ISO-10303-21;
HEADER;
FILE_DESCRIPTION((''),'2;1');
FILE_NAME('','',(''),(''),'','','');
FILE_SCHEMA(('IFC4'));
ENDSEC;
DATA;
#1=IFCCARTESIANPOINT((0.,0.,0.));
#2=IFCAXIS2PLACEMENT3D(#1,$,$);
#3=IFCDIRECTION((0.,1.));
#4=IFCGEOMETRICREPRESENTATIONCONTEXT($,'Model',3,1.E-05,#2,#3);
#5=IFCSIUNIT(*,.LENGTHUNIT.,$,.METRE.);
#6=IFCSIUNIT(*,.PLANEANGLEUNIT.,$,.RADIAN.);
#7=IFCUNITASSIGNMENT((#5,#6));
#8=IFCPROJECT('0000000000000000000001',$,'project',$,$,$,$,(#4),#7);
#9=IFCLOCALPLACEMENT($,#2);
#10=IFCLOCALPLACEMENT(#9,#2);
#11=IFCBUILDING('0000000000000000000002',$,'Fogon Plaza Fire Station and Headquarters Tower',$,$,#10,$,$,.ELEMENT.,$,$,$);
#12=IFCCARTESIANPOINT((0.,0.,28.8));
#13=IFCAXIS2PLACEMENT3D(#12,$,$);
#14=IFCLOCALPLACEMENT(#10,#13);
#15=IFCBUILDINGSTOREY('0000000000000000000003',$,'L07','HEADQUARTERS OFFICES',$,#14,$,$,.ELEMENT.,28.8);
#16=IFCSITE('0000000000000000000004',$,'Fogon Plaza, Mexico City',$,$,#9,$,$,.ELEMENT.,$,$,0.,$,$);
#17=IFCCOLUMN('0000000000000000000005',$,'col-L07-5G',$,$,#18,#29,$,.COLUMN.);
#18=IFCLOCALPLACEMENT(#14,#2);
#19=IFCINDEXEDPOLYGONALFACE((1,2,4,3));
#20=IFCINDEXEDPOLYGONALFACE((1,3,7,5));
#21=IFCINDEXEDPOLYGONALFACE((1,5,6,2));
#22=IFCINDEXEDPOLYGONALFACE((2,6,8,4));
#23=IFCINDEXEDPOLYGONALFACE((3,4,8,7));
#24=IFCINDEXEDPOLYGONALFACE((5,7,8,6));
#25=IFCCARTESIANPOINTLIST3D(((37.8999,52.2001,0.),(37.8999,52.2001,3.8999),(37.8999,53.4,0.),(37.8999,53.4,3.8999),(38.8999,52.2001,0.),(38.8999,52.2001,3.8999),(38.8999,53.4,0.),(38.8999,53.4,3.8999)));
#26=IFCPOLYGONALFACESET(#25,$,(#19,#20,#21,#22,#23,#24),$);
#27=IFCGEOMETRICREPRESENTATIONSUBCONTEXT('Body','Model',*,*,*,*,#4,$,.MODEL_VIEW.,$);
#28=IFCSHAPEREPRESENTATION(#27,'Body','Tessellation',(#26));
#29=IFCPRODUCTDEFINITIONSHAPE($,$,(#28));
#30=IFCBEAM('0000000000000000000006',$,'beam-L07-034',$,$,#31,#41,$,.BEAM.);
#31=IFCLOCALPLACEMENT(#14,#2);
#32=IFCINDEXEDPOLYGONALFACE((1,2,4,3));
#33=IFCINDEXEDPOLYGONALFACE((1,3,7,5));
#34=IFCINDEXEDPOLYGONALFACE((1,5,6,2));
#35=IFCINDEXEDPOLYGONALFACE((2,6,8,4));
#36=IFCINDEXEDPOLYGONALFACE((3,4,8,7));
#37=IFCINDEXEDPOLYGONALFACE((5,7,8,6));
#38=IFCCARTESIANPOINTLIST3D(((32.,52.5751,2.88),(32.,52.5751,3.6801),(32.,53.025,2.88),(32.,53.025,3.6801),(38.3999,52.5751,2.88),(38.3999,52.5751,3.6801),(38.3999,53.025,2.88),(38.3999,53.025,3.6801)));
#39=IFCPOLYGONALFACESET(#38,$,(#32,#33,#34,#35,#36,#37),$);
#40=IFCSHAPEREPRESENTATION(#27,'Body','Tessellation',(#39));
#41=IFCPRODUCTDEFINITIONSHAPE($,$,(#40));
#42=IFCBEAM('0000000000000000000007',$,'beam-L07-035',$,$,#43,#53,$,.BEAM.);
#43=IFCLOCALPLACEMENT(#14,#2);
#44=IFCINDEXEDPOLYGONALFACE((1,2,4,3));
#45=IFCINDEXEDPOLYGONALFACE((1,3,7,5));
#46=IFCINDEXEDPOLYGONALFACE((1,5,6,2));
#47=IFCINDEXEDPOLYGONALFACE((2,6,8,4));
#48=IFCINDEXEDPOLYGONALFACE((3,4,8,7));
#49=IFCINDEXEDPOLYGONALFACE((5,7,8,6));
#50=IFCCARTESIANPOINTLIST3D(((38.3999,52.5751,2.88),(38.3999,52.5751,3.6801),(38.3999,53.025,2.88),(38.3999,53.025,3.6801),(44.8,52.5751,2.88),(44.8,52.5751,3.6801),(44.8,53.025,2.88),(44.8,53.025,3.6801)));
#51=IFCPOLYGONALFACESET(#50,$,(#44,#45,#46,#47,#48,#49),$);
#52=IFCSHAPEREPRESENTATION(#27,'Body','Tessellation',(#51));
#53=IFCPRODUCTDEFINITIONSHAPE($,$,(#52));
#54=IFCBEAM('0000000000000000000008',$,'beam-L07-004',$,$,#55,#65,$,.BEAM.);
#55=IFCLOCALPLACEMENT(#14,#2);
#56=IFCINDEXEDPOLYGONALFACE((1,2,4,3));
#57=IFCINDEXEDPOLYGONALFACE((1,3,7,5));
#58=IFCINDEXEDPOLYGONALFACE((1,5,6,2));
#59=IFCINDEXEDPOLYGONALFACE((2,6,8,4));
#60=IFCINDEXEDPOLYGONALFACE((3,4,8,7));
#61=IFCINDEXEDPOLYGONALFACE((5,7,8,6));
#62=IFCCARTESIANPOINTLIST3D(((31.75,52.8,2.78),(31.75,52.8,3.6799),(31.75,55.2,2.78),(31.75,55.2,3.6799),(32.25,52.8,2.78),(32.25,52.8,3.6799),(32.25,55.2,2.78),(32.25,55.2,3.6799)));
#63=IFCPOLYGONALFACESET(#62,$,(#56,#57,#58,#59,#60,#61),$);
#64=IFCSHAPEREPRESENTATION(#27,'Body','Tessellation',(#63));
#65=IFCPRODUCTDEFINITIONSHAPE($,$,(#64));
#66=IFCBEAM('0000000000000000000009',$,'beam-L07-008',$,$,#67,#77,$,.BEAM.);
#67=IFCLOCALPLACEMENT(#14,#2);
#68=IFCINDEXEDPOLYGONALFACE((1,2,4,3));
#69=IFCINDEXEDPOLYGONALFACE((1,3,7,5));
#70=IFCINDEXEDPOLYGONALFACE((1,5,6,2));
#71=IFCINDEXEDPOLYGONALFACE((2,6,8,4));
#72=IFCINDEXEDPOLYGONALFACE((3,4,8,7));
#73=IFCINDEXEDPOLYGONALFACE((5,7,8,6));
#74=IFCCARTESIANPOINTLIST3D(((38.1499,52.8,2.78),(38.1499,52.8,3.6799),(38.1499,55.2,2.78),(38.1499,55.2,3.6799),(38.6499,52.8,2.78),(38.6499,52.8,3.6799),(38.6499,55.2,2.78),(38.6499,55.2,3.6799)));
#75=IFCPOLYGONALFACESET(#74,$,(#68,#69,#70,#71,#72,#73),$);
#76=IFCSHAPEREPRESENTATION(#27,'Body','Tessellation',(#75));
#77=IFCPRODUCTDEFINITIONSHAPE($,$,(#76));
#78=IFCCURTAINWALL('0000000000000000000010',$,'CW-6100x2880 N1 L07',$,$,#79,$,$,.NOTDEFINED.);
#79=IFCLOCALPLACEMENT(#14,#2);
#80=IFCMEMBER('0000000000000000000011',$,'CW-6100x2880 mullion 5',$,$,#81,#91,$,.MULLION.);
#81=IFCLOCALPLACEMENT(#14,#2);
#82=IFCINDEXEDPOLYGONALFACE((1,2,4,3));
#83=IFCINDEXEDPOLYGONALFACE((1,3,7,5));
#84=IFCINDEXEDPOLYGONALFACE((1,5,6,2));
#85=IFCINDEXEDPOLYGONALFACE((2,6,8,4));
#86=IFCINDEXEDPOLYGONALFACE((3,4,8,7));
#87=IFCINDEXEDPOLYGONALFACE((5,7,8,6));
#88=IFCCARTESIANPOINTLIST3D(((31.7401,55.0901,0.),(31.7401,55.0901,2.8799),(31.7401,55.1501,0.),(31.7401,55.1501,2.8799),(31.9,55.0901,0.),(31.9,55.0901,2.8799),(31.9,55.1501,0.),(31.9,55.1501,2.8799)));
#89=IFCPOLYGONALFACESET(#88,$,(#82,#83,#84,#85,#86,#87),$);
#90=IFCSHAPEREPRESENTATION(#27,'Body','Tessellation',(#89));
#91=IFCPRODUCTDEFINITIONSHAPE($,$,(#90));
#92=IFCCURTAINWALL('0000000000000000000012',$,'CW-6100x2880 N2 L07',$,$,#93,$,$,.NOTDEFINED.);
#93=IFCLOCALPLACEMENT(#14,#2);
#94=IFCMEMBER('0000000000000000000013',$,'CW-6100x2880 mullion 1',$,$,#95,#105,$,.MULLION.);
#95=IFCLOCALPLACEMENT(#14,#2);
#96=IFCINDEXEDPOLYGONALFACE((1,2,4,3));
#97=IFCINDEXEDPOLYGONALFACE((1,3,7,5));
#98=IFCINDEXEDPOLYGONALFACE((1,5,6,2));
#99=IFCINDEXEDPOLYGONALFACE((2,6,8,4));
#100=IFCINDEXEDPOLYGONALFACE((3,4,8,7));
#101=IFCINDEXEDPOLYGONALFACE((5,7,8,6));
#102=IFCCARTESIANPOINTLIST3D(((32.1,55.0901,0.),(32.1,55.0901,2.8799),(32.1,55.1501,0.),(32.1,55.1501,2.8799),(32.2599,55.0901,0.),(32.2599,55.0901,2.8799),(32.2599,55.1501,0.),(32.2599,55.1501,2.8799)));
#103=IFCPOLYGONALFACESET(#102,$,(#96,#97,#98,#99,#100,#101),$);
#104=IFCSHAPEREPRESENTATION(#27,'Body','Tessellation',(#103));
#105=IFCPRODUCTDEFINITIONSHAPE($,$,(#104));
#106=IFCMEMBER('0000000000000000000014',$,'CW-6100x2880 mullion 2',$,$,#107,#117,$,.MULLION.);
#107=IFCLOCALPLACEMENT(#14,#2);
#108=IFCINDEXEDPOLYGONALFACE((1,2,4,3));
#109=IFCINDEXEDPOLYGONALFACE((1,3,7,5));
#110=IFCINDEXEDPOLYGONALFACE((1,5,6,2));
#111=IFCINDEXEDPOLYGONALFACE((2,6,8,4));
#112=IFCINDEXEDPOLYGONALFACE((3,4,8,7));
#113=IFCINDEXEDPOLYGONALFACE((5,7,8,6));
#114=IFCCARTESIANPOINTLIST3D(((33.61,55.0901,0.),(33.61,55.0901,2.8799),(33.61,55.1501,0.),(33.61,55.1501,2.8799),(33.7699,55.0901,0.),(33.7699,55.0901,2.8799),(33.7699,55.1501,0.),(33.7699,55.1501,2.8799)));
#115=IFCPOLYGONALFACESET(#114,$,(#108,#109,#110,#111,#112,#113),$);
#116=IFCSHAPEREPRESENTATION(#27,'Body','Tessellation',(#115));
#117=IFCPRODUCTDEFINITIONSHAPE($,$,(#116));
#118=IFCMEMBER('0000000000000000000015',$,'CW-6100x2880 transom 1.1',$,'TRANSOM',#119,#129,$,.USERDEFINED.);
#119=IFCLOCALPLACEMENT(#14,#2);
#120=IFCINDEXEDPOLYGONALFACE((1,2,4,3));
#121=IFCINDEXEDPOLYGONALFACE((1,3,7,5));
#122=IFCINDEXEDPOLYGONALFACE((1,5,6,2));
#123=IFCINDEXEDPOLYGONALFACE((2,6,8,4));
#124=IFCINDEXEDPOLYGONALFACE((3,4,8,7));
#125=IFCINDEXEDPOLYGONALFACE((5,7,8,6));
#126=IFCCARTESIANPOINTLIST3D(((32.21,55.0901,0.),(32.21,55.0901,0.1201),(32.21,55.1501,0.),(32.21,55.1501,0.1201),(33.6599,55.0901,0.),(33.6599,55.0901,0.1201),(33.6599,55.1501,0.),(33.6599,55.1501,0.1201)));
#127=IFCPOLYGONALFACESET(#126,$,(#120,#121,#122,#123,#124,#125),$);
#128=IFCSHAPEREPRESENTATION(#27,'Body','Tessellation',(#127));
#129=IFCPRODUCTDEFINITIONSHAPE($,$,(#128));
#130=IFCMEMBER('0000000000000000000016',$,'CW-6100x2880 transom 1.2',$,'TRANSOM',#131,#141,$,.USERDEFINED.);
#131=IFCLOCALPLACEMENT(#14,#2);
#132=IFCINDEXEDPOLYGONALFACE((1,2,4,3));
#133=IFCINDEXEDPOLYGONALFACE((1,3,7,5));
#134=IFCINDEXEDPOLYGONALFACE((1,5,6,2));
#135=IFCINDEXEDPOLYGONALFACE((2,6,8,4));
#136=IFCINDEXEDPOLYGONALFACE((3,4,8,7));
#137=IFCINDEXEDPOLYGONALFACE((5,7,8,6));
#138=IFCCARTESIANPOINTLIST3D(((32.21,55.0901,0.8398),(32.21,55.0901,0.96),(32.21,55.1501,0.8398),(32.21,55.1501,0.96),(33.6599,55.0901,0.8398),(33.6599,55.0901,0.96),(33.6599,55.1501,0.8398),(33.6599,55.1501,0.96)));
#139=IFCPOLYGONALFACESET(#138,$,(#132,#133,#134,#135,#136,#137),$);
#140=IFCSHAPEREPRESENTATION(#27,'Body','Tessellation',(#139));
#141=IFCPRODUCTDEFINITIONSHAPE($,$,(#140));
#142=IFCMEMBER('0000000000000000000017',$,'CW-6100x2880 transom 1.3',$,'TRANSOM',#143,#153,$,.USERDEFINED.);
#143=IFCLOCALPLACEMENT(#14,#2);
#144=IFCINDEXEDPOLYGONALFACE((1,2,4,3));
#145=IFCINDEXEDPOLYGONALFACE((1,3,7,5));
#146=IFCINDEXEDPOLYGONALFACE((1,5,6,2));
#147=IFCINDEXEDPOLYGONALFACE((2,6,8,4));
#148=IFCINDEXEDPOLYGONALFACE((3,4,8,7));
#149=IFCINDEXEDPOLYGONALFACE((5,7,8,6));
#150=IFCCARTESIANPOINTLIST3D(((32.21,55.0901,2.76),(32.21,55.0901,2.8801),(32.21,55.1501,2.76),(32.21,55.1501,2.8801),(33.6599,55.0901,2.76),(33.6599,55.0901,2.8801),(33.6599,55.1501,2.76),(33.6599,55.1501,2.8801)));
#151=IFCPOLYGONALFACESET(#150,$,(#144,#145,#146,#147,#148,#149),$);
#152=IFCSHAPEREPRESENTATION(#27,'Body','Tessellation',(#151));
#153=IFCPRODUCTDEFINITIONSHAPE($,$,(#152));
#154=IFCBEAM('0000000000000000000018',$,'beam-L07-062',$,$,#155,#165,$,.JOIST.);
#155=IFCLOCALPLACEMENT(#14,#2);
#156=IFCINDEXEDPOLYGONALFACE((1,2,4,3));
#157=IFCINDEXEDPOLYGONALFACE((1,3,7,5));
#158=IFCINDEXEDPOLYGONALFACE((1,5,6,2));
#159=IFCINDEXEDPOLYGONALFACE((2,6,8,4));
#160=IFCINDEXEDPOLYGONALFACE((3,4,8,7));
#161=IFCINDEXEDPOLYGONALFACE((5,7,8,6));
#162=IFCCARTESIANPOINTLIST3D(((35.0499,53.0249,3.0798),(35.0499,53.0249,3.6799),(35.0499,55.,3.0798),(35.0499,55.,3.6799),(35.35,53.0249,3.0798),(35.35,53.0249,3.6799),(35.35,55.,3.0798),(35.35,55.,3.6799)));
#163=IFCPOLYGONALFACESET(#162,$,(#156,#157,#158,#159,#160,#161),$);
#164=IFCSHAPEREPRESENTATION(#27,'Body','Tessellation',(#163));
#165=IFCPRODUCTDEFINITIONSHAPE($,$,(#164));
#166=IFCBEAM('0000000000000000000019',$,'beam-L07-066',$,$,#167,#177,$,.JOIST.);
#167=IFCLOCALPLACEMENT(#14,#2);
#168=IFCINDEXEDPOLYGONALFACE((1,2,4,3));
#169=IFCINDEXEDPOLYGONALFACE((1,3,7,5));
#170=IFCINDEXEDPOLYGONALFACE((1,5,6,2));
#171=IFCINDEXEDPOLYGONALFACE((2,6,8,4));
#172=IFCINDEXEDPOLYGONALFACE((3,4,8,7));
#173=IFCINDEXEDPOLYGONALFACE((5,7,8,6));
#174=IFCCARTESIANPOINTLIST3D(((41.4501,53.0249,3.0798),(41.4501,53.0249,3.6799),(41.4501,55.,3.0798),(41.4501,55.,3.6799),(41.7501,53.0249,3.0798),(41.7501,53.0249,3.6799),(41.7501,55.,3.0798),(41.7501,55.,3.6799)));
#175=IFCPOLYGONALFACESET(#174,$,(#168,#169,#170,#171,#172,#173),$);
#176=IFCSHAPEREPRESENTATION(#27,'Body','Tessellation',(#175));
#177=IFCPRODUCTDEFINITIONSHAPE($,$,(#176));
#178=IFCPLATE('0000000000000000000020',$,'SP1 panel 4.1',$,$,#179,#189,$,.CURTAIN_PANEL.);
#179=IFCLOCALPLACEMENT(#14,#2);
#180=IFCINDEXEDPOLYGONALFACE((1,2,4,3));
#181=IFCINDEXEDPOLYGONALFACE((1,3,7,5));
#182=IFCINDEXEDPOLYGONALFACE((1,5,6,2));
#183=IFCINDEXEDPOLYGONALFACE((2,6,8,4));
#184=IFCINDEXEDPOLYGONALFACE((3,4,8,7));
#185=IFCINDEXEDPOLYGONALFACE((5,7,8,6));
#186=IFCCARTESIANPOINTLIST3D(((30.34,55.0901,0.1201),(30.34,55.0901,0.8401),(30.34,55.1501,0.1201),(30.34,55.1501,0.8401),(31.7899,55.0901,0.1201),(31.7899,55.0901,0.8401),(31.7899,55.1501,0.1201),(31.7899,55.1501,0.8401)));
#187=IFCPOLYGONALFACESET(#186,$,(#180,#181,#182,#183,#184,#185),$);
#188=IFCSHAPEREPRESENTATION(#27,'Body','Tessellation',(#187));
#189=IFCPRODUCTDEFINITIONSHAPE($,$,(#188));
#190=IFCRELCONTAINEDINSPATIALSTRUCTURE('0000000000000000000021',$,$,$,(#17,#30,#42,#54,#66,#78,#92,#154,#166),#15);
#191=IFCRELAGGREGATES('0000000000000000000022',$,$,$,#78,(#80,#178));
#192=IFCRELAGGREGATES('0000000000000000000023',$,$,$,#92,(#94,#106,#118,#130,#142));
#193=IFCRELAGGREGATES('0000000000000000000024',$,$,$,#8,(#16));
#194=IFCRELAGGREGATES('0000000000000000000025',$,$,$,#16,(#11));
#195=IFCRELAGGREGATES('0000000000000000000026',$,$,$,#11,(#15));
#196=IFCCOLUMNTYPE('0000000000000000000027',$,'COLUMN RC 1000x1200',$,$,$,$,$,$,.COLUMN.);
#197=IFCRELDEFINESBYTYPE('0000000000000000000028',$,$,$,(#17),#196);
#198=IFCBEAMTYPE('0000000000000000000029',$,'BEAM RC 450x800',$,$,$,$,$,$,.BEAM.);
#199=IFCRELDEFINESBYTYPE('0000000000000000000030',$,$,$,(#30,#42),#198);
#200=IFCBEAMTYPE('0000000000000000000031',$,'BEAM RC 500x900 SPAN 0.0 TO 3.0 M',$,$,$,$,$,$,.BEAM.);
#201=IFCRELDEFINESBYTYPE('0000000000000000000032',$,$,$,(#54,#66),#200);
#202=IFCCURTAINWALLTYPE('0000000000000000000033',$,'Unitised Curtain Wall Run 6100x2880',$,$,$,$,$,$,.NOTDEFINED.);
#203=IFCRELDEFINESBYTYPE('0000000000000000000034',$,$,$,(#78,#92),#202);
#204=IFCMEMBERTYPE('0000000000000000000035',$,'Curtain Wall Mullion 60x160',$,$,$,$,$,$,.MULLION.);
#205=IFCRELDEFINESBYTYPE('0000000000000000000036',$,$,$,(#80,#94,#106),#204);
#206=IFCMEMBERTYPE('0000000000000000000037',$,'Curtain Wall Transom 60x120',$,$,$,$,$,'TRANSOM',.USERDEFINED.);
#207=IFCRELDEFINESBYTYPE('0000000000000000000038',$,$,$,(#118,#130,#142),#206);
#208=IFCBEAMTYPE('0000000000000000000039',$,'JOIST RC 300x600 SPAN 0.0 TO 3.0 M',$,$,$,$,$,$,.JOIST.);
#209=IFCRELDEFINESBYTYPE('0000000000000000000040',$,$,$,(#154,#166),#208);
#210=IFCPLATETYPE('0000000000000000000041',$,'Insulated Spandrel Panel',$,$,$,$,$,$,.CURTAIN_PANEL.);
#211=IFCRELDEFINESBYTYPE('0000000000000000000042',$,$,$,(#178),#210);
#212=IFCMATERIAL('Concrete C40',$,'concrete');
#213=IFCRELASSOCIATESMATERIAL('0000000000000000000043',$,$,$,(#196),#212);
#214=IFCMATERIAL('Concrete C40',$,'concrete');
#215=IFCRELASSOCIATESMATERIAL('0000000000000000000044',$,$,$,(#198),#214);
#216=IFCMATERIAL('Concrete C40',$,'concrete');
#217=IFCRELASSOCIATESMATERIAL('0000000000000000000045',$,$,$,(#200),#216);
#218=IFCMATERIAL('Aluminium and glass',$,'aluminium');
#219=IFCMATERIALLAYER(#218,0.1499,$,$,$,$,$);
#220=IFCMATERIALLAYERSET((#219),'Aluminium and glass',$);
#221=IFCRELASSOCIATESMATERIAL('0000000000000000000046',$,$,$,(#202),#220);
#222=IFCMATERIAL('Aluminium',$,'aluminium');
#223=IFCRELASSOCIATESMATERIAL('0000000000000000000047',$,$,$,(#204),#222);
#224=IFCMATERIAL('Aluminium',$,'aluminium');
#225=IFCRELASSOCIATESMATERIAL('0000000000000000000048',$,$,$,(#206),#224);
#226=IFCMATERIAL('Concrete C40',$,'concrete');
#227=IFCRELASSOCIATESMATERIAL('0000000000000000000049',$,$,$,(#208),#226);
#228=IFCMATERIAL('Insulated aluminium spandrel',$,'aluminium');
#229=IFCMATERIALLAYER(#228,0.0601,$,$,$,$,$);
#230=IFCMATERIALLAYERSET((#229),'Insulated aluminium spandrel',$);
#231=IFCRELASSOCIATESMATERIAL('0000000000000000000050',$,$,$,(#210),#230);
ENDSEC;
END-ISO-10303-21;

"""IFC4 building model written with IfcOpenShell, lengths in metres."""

from ifc_helpers import new_model, si_unit, direction, frame, origin, origin_2d, place, context, subcontext, project, spatial, rectangle, extrude, material, layer, layer_set, material_profile, profile_set, type_object, element, aggregate, save


model = new_model("IFC4")

# Units and contexts
model_context = context("Model", 3, precision=1e-05, world=origin(), true_north=direction((0.0, 1.0)))
body_context = subcontext(model_context, "Body", "Model", "MODEL_VIEW")
ifc_project = project(units=[si_unit("LENGTHUNIT", "METRE"), si_unit("PLANEANGLEUNIT", "RADIAN")], contexts=[model_context])

# Site, building, storey
site_placement = place(None, origin())
site = spatial("IfcSite", under=ifc_project, at=site_placement, Name="Fogon Plaza, Mexico City", CompositionType="ELEMENT", RefElevation=0.0)
building_placement = place(site_placement, origin())
building = spatial("IfcBuilding", under=site, at=building_placement, Name="Fogon Plaza Fire Station and Headquarters Tower", CompositionType="ELEMENT")
storey_placement = place(building_placement, frame((0.0, 0.0, 28.8)))
storey = spatial("IfcBuildingStorey", under=building, at=storey_placement, Name="L07", Description="HEADQUARTERS OFFICES", CompositionType="ELEMENT", Elevation=28.8)

# Column
ifc_material_1 = material(Name="Concrete C40", Category="concrete")
ifc_material_profile_1 = material_profile(ifc_material_1, rectangle(XDim=1.0, YDim=1.2, at=origin_2d()), Name="RC 1000x1200")
ifc_profile_set_1 = profile_set([ifc_material_profile_1], Name="Concrete C40")
column_type = type_object("IfcColumnType", Name="COLUMN RC 1000x1200", PredefinedType="COLUMN", material=ifc_profile_set_1)
column_placement = place(storey_placement, frame((38.3999, 52.8, 0.0), z_axis=(0.0, 0.0, 1.0), x_axis=(1.0, 0.0, 0.0)))
element("IfcColumn", 1, at=column_placement, inside=storey, type_object=column_type, Name="col-L07-5G", PredefinedType="COLUMN", context=body_context, shape_type="SweptSolid", body=[
    extrude(rectangle(XDim=1.0, YDim=1.2, at=origin_2d()), origin(), (0.0, 0.0, 1.0), 3.8999),
])

# Beams
ifc_material_2 = material(Name="Concrete C40", Category="concrete")
ifc_material_profile_2 = material_profile(ifc_material_2, rectangle(XDim=0.45, YDim=0.8, at=origin_2d()), Name="RC 450x800")
ifc_profile_set_2 = profile_set([ifc_material_profile_2], Name="Concrete C40")
beam_type_1 = type_object("IfcBeamType", Name="BEAM RC 450x800", PredefinedType="BEAM", material=ifc_profile_set_2)
beam_1_placement = place(storey_placement, frame((32.0, 52.8, 3.28), z_axis=(1.0, 0.0, 0.0), x_axis=(0.0, 1.0, 0.0)))
element("IfcBeam", 2, at=beam_1_placement, inside=storey, type_object=beam_type_1, Name="beam-L07-034", PredefinedType="BEAM", context=body_context, shape_type="SweptSolid", body=[
    extrude(rectangle(XDim=0.45, YDim=0.8, at=origin_2d()), origin(), (0.0, 0.0, 1.0), 6.3999),
])
beam_2_placement = place(storey_placement, frame((38.3999, 52.8, 3.28), z_axis=(1.0, 0.0, 0.0), x_axis=(0.0, 1.0, 0.0)))
element("IfcBeam", 3, at=beam_2_placement, inside=storey, type_object=beam_type_1, Name="beam-L07-035", PredefinedType="BEAM", context=body_context, shape_type="SweptSolid", body=[
    extrude(rectangle(XDim=0.45, YDim=0.8, at=origin_2d()), origin(), (0.0, 0.0, 1.0), 6.4001),
])
ifc_material_3 = material(Name="Concrete C40", Category="concrete")
ifc_material_profile_3 = material_profile(ifc_material_3, rectangle(XDim=0.5, YDim=0.8999, at=origin_2d()), Name="RC 500x900")
ifc_profile_set_3 = profile_set([ifc_material_profile_3], Name="Concrete C40")
beam_type_2 = type_object("IfcBeamType", Name="BEAM RC 500x900 SPAN 0.0 TO 3.0 M", PredefinedType="BEAM", material=ifc_profile_set_3)
for number, where, z_axis, x_axis, name in (
    (4, (32.0, 52.8, 3.23), (0.0, 1.0, 0.0), (-1.0, 0.0, 0.0), "beam-L07-004"),
    (5, (38.3999, 52.8, 3.23), (0.0, 1.0, 0.0), (-1.0, 0.0, 0.0), "beam-L07-008"),
):
    element("IfcBeam", number, at=place(storey_placement, frame(where, z_axis=z_axis, x_axis=x_axis)), inside=storey, type_object=beam_type_2, Name=name, PredefinedType="BEAM", context=body_context, shape_type="SweptSolid", body=[
        extrude(rectangle(XDim=0.5, YDim=0.8999, at=origin_2d()), origin(), (0.0, 0.0, 1.0), 2.3999),
    ])

# Curtain wall, member
ifc_material_4 = material(Name="Aluminium and glass", Category="aluminium")
ifc_layer_1 = layer(ifc_material_4, 0.1499)
ifc_layer_set_1 = layer_set([ifc_layer_1], Name="Aluminium and glass")
curtain_wall_type = type_object("IfcCurtainWallType", Name="Unitised Curtain Wall Run 6100x2880", PredefinedType="NOTDEFINED", material=ifc_layer_set_1)
curtain_wall_1_placement = place(storey_placement, origin())
curtain_wall_1 = element("IfcCurtainWall", 6, at=curtain_wall_1_placement, inside=storey, type_object=curtain_wall_type, Name="CW-6100x2880 N1 L07", PredefinedType="NOTDEFINED")
ifc_material_5 = material(Name="Aluminium", Category="aluminium")
ifc_material_profile_4 = material_profile(ifc_material_5, rectangle(XDim=0.0601, YDim=0.1599, at=origin_2d()), Name="Curtain Wall Mullion 60x160")
ifc_profile_set_4 = profile_set([ifc_material_profile_4], Name="Aluminium")
member_type_1 = type_object("IfcMemberType", Name="Curtain Wall Mullion 60x160", PredefinedType="MULLION", material=ifc_profile_set_4)
member_1_placement = place(storey_placement, frame((31.8201, 55.1201, 0.0), z_axis=(0.0, 0.0, 1.0), x_axis=(0.0, 1.0, 0.0)))
member_1 = element("IfcMember", 7, at=member_1_placement, type_object=member_type_1, Name="CW-6100x2880 mullion 5", PredefinedType="MULLION", context=body_context, shape_type="SweptSolid", body=[
    extrude(rectangle(XDim=0.0601, YDim=0.1599, at=origin_2d()), origin(), (0.0, 0.0, 1.0), 2.8799),
])

# Curtain wall, members
curtain_wall_2_placement = place(storey_placement, origin())
curtain_wall_2 = element("IfcCurtainWall", 8, at=curtain_wall_2_placement, inside=storey, type_object=curtain_wall_type, Name="CW-6100x2880 N2 L07", PredefinedType="NOTDEFINED")
member_2_placement = place(storey_placement, frame((32.1799, 55.1201, 0.0), z_axis=(0.0, 0.0, 1.0), x_axis=(0.0, 1.0, 0.0)))
member_2 = element("IfcMember", 9, at=member_2_placement, type_object=member_type_1, Name="CW-6100x2880 mullion 1", PredefinedType="MULLION", context=body_context, shape_type="SweptSolid", body=[
    extrude(rectangle(XDim=0.0601, YDim=0.1599, at=origin_2d()), origin(), (0.0, 0.0, 1.0), 2.8799),
])
member_3_placement = place(storey_placement, frame((33.6899, 55.1201, 0.0), z_axis=(0.0, 0.0, 1.0), x_axis=(0.0, 1.0, 0.0)))
member_3 = element("IfcMember", 10, at=member_3_placement, type_object=member_type_1, Name="CW-6100x2880 mullion 2", PredefinedType="MULLION", context=body_context, shape_type="SweptSolid", body=[
    extrude(rectangle(XDim=0.0601, YDim=0.1599, at=origin_2d()), origin(), (0.0, 0.0, 1.0), 2.8799),
])
ifc_material_6 = material(Name="Aluminium", Category="aluminium")
ifc_material_profile_5 = material_profile(ifc_material_6, rectangle(XDim=0.0601, YDim=0.1201, at=origin_2d()), Name="Curtain Wall Transom 60x120")
ifc_profile_set_5 = profile_set([ifc_material_profile_5], Name="Aluminium")
member_type_2 = type_object("IfcMemberType", Name="Curtain Wall Transom 60x120", ElementType="TRANSOM", PredefinedType="USERDEFINED", material=ifc_profile_set_5)
member_4_placement = place(storey_placement, frame((32.21, 55.1201, 0.0601), z_axis=(1.0, 0.0, 0.0), x_axis=(0.0, 1.0, 0.0)))
member_4 = element("IfcMember", 11, at=member_4_placement, type_object=member_type_2, Name="CW-6100x2880 transom 1.1", ObjectType="TRANSOM", PredefinedType="USERDEFINED", context=body_context, shape_type="SweptSolid", body=[
    extrude(rectangle(XDim=0.0601, YDim=0.1201, at=origin_2d()), origin(), (0.0, 0.0, 1.0), 1.45),
])
member_5_placement = place(storey_placement, frame((32.21, 55.1201, 0.8999), z_axis=(1.0, 0.0, 0.0), x_axis=(0.0, 1.0, 0.0)))
member_5 = element("IfcMember", 12, at=member_5_placement, type_object=member_type_2, Name="CW-6100x2880 transom 1.2", ObjectType="TRANSOM", PredefinedType="USERDEFINED", context=body_context, shape_type="SweptSolid", body=[
    extrude(rectangle(XDim=0.0601, YDim=0.1201, at=origin_2d()), origin(), (0.0, 0.0, 1.0), 1.45),
])
member_6_placement = place(storey_placement, frame((32.21, 55.1201, 2.8201), z_axis=(1.0, 0.0, 0.0), x_axis=(0.0, 1.0, 0.0)))
member_6 = element("IfcMember", 13, at=member_6_placement, type_object=member_type_2, Name="CW-6100x2880 transom 1.3", ObjectType="TRANSOM", PredefinedType="USERDEFINED", context=body_context, shape_type="SweptSolid", body=[
    extrude(rectangle(XDim=0.0601, YDim=0.1201, at=origin_2d()), origin(), (0.0, 0.0, 1.0), 1.45),
])

# Beams
ifc_material_7 = material(Name="Concrete C40", Category="concrete")
ifc_material_profile_6 = material_profile(ifc_material_7, rectangle(XDim=0.3, YDim=0.6001, at=origin_2d()), Name="RC 300x600")
ifc_profile_set_6 = profile_set([ifc_material_profile_6], Name="Concrete C40")
beam_type_3 = type_object("IfcBeamType", Name="JOIST RC 300x600 SPAN 0.0 TO 3.0 M", PredefinedType="JOIST", material=ifc_profile_set_6)
for number, where, z_axis, x_axis, name in (
    (14, (35.2, 53.0249, 3.3799), (0.0, 1.0, 0.0), (-1.0, 0.0, 0.0), "beam-L07-062"),
    (15, (41.6001, 53.0249, 3.3799), (0.0, 1.0, 0.0), (-1.0, 0.0, 0.0), "beam-L07-066"),
):
    element("IfcBeam", number, at=place(storey_placement, frame(where, z_axis=z_axis, x_axis=x_axis)), inside=storey, type_object=beam_type_3, Name=name, PredefinedType="JOIST", context=body_context, shape_type="SweptSolid", body=[
        extrude(rectangle(XDim=0.3, YDim=0.6001, at=origin_2d()), origin(), (0.0, 0.0, 1.0), 1.9751),
    ])

# Plate
ifc_material_8 = material(Name="Insulated aluminium spandrel", Category="aluminium")
ifc_layer_2 = layer(ifc_material_8, 0.0601)
ifc_layer_set_2 = layer_set([ifc_layer_2], Name="Insulated aluminium spandrel")
plate_type_1 = type_object("IfcPlateType", Name="Insulated Spandrel Panel", PredefinedType="CURTAIN_PANEL", material=ifc_layer_set_2)
plate_1_placement = place(storey_placement, frame((31.0649, 55.1201, 0.1201), z_axis=(0.0, 0.0, 1.0), x_axis=(1.0, 0.0, 0.0)))
plate_1 = element("IfcPlate", 16, at=plate_1_placement, type_object=plate_type_1, Name="SP1 panel 4.1", PredefinedType="CURTAIN_PANEL", context=body_context, shape_type="SweptSolid", body=[
    extrude(rectangle(XDim=1.45, YDim=0.0601, at=origin_2d()), origin(), (0.0, 0.0, 1.0), 0.72),
])
aggregate(curtain_wall_1, [member_1, plate_1])
aggregate(curtain_wall_2, [member_2, member_3, member_4, member_5, member_6])

save(model, "model.ifc")
